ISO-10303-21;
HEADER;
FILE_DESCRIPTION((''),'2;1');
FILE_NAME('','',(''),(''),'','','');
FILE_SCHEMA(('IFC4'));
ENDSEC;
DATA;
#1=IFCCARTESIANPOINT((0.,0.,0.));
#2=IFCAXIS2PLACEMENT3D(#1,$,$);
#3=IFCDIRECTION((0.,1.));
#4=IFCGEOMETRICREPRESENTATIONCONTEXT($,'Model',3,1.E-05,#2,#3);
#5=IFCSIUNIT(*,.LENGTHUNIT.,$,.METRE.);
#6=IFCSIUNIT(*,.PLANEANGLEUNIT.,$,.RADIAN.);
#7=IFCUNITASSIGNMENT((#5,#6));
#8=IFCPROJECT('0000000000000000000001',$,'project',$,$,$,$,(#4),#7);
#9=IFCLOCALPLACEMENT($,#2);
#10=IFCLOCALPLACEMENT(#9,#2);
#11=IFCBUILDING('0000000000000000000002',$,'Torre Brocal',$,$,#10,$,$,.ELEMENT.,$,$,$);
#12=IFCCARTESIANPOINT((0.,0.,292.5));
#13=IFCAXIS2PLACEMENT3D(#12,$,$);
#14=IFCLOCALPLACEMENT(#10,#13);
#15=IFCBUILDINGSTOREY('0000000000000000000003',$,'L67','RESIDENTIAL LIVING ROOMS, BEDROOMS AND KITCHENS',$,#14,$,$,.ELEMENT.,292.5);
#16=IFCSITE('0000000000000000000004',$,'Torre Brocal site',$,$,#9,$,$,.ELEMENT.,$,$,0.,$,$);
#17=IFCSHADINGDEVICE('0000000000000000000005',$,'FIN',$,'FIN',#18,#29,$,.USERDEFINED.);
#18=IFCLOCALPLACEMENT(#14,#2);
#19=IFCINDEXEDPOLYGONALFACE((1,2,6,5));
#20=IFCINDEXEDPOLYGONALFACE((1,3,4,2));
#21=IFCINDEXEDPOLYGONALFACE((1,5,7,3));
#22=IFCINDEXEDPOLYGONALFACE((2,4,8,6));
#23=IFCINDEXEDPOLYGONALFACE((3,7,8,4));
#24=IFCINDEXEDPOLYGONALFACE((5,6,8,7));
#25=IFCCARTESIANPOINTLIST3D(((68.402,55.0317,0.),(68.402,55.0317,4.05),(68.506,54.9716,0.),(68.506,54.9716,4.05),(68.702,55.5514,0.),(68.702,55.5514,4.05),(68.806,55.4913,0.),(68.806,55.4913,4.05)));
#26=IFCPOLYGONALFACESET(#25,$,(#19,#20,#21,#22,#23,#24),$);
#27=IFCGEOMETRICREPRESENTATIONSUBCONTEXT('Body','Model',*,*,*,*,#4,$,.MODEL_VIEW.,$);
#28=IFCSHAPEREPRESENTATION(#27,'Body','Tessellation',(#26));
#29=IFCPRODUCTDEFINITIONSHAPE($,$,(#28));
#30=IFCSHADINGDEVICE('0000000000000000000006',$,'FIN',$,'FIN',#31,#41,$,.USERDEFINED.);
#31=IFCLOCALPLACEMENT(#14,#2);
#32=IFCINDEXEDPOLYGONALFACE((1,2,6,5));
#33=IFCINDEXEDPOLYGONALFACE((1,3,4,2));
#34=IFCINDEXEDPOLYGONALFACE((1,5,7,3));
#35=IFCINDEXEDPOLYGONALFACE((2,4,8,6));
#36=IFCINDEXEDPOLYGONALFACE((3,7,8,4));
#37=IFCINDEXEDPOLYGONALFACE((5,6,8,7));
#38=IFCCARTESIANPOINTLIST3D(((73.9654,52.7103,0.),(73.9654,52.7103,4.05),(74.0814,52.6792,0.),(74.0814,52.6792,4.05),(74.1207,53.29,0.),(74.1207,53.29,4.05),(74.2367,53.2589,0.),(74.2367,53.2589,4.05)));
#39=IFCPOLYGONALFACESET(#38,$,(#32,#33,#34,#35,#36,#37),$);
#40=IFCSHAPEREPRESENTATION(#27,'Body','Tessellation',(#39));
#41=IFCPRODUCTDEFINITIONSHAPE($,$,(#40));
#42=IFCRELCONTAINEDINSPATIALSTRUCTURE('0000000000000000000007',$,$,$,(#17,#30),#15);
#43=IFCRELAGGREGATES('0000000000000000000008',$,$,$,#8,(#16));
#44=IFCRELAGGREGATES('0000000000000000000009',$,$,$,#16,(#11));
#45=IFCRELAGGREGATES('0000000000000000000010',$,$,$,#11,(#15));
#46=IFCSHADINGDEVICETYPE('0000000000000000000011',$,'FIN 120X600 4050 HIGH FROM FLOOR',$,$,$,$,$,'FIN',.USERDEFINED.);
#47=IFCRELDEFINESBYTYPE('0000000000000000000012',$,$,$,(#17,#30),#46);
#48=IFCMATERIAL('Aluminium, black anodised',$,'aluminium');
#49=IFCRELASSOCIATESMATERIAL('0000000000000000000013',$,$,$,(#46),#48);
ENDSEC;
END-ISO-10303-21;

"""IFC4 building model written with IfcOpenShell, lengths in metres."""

from ifc_helpers import new_model, si_unit, direction, frame, origin, origin_2d, place, context, subcontext, project, spatial, rectangle, extrude, material, material_profile, profile_set, type_object, element, save


model = new_model("IFC4")

# Units and contexts
model_context = context("Model", 3, precision=1e-05, world=origin(), true_north=direction((0.0, 1.0)))
body_context = subcontext(model_context, "Body", "Model", "MODEL_VIEW")
ifc_project = project(units=[si_unit("LENGTHUNIT", "METRE"), si_unit("PLANEANGLEUNIT", "RADIAN")], contexts=[model_context])

# Site, building, storey
site_placement = place(None, origin())
site = spatial("IfcSite", under=ifc_project, at=site_placement, Name="Torre Brocal site", CompositionType="ELEMENT", RefElevation=0.0)
building_placement = place(site_placement, origin())
building = spatial("IfcBuilding", under=site, at=building_placement, Name="Torre Brocal", CompositionType="ELEMENT")
storey_placement = place(building_placement, frame((0.0, 0.0, 292.5)))
storey = spatial("IfcBuildingStorey", under=building, at=storey_placement, Name="L67", Description="RESIDENTIAL LIVING ROOMS, BEDROOMS AND KITCHENS", CompositionType="ELEMENT", Elevation=292.5)

# Shading devices
ifc_material_1 = material(Name="Aluminium, black anodised", Category="aluminium")
ifc_material_profile_1 = material_profile(ifc_material_1, rectangle(XDim=0.1201, YDim=0.6001, at=origin_2d()), Name="FIN 120X600 4050 HIGH FROM FLOOR")
ifc_profile_set_1 = profile_set([ifc_material_profile_1], Name="Aluminium, black anodised")
shading_device_type = type_object("IfcShadingDeviceType", Name="FIN 120X600 4050 HIGH FROM FLOOR", ElementType="FIN", PredefinedType="USERDEFINED", material=ifc_profile_set_1)
for number, where, z_axis, x_axis, name in (
    (1, (68.604, 55.2615, 0.0), (0.0, 0.0, 1.0), (0.866025, -0.5, 0.0), "FIN"),
    (2, (74.1011, 52.9846, 0.0), (0.0, 0.0, 1.0), (0.965926, -0.258819, 0.0), "FIN"),
):
    element("IfcShadingDevice", number, at=place(storey_placement, frame(where, z_axis=z_axis, x_axis=x_axis)), inside=storey, type_object=shading_device_type, Name=name, ObjectType="FIN", PredefinedType="USERDEFINED", context=body_context, shape_type="SweptSolid", body=[
        extrude(rectangle(XDim=0.1201, YDim=0.6001, at=origin_2d()), origin(), (0.0, 0.0, 1.0), 4.05),
    ])

save(model, "model.ifc")
